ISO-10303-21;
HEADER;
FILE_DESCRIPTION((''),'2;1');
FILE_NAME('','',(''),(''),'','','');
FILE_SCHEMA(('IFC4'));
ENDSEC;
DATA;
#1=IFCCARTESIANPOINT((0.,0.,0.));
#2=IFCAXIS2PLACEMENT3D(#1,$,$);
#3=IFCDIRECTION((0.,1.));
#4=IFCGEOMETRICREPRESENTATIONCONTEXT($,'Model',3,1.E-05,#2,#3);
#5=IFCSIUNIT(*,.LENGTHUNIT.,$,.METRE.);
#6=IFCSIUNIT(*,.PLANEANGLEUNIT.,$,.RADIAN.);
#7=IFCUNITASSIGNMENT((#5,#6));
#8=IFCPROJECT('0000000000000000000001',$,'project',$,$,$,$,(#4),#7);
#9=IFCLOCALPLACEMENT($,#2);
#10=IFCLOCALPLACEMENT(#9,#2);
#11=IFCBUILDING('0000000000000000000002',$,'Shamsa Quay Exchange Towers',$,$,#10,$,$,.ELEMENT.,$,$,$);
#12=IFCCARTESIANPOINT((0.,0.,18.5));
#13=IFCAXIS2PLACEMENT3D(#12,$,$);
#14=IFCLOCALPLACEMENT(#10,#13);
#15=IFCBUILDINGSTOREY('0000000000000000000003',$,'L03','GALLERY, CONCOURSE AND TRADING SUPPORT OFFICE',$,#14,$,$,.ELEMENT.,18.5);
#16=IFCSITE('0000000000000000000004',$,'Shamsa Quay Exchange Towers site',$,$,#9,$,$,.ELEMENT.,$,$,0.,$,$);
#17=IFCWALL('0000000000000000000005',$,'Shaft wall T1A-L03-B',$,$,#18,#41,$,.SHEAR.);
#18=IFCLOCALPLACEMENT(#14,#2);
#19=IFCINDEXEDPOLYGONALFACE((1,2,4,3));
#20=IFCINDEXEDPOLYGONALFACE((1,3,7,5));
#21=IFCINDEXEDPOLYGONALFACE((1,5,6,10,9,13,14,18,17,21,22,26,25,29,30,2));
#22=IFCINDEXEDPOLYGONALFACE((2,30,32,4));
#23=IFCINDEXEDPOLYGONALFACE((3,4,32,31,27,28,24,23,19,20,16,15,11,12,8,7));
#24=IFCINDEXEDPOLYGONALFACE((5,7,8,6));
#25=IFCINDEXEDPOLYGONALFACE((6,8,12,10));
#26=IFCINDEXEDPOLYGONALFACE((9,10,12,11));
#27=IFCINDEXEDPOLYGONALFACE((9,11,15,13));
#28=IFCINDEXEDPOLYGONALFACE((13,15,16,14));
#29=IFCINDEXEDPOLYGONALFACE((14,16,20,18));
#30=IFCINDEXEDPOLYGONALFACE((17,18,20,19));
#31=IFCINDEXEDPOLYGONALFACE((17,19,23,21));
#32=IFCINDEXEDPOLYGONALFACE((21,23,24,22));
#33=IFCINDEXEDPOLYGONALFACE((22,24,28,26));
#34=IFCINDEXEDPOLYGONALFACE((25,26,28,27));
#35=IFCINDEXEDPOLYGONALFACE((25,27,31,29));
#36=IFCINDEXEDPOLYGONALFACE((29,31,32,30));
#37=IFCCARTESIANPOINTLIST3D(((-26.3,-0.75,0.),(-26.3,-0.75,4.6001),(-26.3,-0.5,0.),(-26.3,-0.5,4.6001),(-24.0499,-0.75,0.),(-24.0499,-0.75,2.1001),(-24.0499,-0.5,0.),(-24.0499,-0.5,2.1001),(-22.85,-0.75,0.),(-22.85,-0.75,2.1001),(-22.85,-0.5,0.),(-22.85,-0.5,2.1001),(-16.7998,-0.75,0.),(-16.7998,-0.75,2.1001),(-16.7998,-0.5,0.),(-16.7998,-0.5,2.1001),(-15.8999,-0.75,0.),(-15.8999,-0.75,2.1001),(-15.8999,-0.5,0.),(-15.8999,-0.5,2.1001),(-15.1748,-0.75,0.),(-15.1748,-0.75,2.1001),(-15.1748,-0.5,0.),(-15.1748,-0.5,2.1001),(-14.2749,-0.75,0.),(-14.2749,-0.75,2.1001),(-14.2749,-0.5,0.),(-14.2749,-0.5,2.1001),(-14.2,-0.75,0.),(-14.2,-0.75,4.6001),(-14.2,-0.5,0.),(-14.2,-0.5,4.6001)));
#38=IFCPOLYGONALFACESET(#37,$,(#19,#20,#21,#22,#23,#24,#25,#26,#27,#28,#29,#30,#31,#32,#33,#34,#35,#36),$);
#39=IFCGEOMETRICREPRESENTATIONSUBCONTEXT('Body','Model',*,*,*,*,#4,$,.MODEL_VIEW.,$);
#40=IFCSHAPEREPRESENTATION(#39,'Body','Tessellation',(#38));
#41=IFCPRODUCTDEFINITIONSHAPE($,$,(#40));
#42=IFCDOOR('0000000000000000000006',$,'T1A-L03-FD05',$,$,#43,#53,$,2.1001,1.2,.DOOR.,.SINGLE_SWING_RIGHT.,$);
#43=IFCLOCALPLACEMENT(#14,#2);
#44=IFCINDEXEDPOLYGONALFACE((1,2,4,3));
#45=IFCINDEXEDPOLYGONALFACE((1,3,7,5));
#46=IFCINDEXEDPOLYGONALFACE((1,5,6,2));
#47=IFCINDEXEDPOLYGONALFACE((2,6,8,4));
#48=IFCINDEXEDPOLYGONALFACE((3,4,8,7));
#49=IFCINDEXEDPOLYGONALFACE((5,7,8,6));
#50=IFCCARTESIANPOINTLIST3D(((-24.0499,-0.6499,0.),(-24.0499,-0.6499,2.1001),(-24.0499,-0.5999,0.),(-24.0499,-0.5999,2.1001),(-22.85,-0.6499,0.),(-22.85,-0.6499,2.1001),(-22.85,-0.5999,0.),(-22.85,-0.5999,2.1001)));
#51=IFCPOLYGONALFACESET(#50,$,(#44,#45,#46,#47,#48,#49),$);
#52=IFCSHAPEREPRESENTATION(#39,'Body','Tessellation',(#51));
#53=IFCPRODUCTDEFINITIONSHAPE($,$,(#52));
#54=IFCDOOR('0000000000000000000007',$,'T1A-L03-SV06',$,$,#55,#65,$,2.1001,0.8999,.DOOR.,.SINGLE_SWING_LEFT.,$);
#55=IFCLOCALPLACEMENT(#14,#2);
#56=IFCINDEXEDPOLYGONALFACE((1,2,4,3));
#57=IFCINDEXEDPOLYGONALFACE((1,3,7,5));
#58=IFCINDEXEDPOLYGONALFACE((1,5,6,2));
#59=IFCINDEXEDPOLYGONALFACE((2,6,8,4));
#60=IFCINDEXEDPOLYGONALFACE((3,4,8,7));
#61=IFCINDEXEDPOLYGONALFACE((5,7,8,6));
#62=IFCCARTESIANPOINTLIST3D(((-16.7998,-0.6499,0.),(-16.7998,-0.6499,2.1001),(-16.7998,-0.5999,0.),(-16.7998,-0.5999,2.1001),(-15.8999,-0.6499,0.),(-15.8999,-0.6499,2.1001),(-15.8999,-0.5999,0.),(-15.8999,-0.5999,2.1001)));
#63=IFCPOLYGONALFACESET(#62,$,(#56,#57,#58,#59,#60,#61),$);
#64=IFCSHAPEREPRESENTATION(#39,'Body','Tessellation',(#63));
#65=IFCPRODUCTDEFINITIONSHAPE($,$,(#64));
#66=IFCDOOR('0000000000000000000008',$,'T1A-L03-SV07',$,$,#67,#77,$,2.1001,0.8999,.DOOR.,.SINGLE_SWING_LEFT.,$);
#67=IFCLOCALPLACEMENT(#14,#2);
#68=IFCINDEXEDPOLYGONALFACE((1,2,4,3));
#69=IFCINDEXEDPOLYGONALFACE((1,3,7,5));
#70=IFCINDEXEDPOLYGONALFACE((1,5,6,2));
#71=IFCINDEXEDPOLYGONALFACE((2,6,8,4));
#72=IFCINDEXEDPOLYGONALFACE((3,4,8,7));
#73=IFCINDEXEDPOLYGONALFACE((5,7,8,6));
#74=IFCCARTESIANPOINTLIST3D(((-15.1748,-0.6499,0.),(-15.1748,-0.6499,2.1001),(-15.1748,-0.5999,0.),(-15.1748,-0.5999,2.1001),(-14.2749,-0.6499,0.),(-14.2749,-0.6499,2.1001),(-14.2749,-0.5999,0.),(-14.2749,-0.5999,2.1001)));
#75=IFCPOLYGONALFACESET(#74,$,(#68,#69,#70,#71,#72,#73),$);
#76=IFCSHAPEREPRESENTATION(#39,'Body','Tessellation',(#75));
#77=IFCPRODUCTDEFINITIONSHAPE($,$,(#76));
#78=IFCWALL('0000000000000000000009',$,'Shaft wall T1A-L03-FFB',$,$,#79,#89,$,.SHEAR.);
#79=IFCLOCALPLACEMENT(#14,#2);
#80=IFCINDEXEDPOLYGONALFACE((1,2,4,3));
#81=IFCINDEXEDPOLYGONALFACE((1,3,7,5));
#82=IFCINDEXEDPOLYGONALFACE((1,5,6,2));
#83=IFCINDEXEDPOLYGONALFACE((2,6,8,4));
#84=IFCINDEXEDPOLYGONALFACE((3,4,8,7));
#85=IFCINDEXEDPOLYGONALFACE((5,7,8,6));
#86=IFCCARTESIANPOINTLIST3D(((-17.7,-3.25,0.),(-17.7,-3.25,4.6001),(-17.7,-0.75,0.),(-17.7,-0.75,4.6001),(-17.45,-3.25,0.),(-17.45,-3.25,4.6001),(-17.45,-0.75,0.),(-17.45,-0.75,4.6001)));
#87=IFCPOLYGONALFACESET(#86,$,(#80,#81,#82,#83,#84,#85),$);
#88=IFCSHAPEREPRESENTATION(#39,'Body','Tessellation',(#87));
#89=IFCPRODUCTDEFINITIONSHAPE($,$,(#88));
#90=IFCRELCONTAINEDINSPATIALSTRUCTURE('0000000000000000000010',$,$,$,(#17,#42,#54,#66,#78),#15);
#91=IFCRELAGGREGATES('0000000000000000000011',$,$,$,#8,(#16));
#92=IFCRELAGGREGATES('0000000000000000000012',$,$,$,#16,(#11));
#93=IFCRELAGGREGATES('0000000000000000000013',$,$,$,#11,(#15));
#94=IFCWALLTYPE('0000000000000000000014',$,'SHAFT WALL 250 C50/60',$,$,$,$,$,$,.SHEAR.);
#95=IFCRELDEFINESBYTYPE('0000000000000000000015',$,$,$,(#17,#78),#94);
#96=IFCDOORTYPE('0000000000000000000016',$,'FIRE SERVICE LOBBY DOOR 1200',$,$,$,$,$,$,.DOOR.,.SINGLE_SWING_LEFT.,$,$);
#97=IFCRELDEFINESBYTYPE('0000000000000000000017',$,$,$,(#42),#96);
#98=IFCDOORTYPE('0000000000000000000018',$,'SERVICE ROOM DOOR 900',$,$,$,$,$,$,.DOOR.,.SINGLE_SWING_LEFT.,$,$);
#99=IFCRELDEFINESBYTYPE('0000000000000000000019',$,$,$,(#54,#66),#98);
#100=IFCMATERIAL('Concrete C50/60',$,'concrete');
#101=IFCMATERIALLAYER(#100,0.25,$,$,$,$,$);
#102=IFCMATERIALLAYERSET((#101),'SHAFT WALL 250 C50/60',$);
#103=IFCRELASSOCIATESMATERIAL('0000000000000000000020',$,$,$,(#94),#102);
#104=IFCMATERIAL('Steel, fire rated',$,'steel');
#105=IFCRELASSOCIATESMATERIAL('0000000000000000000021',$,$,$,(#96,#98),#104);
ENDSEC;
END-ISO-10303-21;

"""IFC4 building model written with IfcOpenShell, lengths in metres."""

from ifc_helpers import new_model, si_unit, direction, frame, frame_2d, origin, place, context, subcontext, project, spatial, rectangle, extrude, material, layer, layer_set, type_object, element, fill, save


model = new_model("IFC4")

# Units and contexts
model_context = context("Model", 3, precision=1e-05, world=origin(), true_north=direction((0.0, 1.0)))
body_context = subcontext(model_context, "Body", "Model", "MODEL_VIEW")
ifc_project = project(units=[si_unit("LENGTHUNIT", "METRE"), si_unit("PLANEANGLEUNIT", "RADIAN")], contexts=[model_context])

# Site, building, storey
site_placement = place(None, origin())
site = spatial("IfcSite", under=ifc_project, at=site_placement, Name="Shamsa Quay Exchange Towers site", CompositionType="ELEMENT", RefElevation=0.0)
building_placement = place(site_placement, origin())
building = spatial("IfcBuilding", under=site, at=building_placement, Name="Shamsa Quay Exchange Towers", CompositionType="ELEMENT")
storey_placement = place(building_placement, frame((0.0, 0.0, 18.5)))
storey = spatial("IfcBuildingStorey", under=building, at=storey_placement, Name="L03", Description="GALLERY, CONCOURSE AND TRADING SUPPORT OFFICE", CompositionType="ELEMENT", Elevation=18.5)

# Shared definitions
ifc_material_1 = material(Name="Concrete C50/60", Category="concrete")
ifc_layer_1 = layer(ifc_material_1, 0.25)
ifc_layer_set_1 = layer_set([ifc_layer_1], Name="SHAFT WALL 250 C50/60")
wall_type_1 = type_object("IfcWallType", Name="SHAFT WALL 250 C50/60", PredefinedType="SHEAR", material=ifc_layer_set_1)
ifc_material_2 = material(Name="Steel, fire rated", Category="steel")

# Wall, openings, doors
wall_1_placement = place(storey_placement, frame((-14.2, -0.625, 0.0), z_axis=(0.0, 0.0, 1.0), x_axis=(-1.0, 0.0, 0.0)))
wall_1 = element("IfcWall", 1, at=wall_1_placement, inside=storey, type_object=wall_type_1, Name="Shaft wall T1A-L03-B", PredefinedType="SHEAR", context=body_context, shape_type="SweptSolid", body=[
    extrude(rectangle(XDim=12.1001, YDim=0.25, at=frame_2d((6.05, 0.0))), origin(), (0.0, 0.0, 1.0), 4.6001),
])
opening_1_placement = place(wall_1_placement, frame((8.6499, 0.0, 0.0)))
opening_1 = element("IfcOpeningElement", 2, at=opening_1_placement, cuts=wall_1, PredefinedType="OPENING", context=body_context, shape_type="SweptSolid", body=[
    extrude(rectangle(XDim=1.2, YDim=2.1001, at=frame_2d((0.6001, 1.05))), frame((0.0, 0.135, 0.0), z_axis=(0.0, -1.0, 0.0), x_axis=(1.0, 0.0, 0.0)), (0.0, 0.0, 1.0), 0.27),
])
opening_2_placement = place(wall_1_placement, frame((1.7, 0.0, 0.0)))
opening_2 = element("IfcOpeningElement", 3, at=opening_2_placement, cuts=wall_1, PredefinedType="OPENING", context=body_context, shape_type="SweptSolid", body=[
    extrude(rectangle(XDim=0.8999, YDim=2.1001, at=frame_2d((0.45, 1.05))), frame((0.0, 0.135, 0.0), z_axis=(0.0, -1.0, 0.0), x_axis=(1.0, 0.0, 0.0)), (0.0, 0.0, 1.0), 0.27),
])
opening_3_placement = place(wall_1_placement, frame((0.075, 0.0, 0.0)))
opening_3 = element("IfcOpeningElement", 4, at=opening_3_placement, cuts=wall_1, PredefinedType="OPENING", context=body_context, shape_type="SweptSolid", body=[
    extrude(rectangle(XDim=0.8999, YDim=2.1001, at=frame_2d((0.45, 1.05))), frame((0.0, 0.135, 0.0), z_axis=(0.0, -1.0, 0.0), x_axis=(1.0, 0.0, 0.0)), (0.0, 0.0, 1.0), 0.27),
])
door_type_1 = type_object("IfcDoorType", Name="FIRE SERVICE LOBBY DOOR 1200", OperationType="SINGLE_SWING_LEFT", PredefinedType="DOOR", material=ifc_material_2)
door_1_placement = place(opening_1_placement, origin())
door_1 = element("IfcDoor", 5, at=door_1_placement, inside=storey, type_object=door_type_1, Name="T1A-L03-FD05", OperationType="SINGLE_SWING_RIGHT", OverallHeight=2.1001, OverallWidth=1.2, PredefinedType="DOOR", context=body_context, shape_type="SweptSolid", body=[
    extrude(rectangle(XDim=1.2, YDim=2.1001, at=frame_2d((0.6001, 1.05))), frame((0.0, 0.0249, 0.0), z_axis=(0.0, -1.0, 0.0), x_axis=(1.0, 0.0, 0.0)), (0.0, 0.0, 1.0), 0.05),
])
fill(opening_1, door_1)
door_type_2 = type_object("IfcDoorType", Name="SERVICE ROOM DOOR 900", OperationType="SINGLE_SWING_LEFT", PredefinedType="DOOR", material=ifc_material_2)
door_2_placement = place(opening_2_placement, origin())
door_2 = element("IfcDoor", 6, at=door_2_placement, inside=storey, type_object=door_type_2, Name="T1A-L03-SV06", OperationType="SINGLE_SWING_LEFT", OverallHeight=2.1001, OverallWidth=0.8999, PredefinedType="DOOR", context=body_context, shape_type="SweptSolid", body=[
    extrude(rectangle(XDim=0.8999, YDim=2.1001, at=frame_2d((0.45, 1.05))), frame((0.0, 0.0249, 0.0), z_axis=(0.0, -1.0, 0.0), x_axis=(1.0, 0.0, 0.0)), (0.0, 0.0, 1.0), 0.05),
])
fill(opening_2, door_2)
door_3_placement = place(opening_3_placement, origin())
door_3 = element("IfcDoor", 7, at=door_3_placement, inside=storey, type_object=door_type_2, Name="T1A-L03-SV07", OperationType="SINGLE_SWING_LEFT", OverallHeight=2.1001, OverallWidth=0.8999, PredefinedType="DOOR", context=body_context, shape_type="SweptSolid", body=[
    extrude(rectangle(XDim=0.8999, YDim=2.1001, at=frame_2d((0.45, 1.05))), frame((0.0, 0.0249, 0.0), z_axis=(0.0, -1.0, 0.0), x_axis=(1.0, 0.0, 0.0)), (0.0, 0.0, 1.0), 0.05),
])
fill(opening_3, door_3)

# Wall
wall_2_placement = place(storey_placement, frame((-17.575, -3.25, 0.0), z_axis=(0.0, 0.0, 1.0), x_axis=(0.0, 1.0, 0.0)))
element("IfcWall", 8, at=wall_2_placement, inside=storey, type_object=wall_type_1, Name="Shaft wall T1A-L03-FFB", PredefinedType="SHEAR", context=body_context, shape_type="SweptSolid", body=[
    extrude(rectangle(XDim=2.5, YDim=0.25, at=frame_2d((1.25, 0.0))), origin(), (0.0, 0.0, 1.0), 4.6001),
])

save(model, "model.ifc")
